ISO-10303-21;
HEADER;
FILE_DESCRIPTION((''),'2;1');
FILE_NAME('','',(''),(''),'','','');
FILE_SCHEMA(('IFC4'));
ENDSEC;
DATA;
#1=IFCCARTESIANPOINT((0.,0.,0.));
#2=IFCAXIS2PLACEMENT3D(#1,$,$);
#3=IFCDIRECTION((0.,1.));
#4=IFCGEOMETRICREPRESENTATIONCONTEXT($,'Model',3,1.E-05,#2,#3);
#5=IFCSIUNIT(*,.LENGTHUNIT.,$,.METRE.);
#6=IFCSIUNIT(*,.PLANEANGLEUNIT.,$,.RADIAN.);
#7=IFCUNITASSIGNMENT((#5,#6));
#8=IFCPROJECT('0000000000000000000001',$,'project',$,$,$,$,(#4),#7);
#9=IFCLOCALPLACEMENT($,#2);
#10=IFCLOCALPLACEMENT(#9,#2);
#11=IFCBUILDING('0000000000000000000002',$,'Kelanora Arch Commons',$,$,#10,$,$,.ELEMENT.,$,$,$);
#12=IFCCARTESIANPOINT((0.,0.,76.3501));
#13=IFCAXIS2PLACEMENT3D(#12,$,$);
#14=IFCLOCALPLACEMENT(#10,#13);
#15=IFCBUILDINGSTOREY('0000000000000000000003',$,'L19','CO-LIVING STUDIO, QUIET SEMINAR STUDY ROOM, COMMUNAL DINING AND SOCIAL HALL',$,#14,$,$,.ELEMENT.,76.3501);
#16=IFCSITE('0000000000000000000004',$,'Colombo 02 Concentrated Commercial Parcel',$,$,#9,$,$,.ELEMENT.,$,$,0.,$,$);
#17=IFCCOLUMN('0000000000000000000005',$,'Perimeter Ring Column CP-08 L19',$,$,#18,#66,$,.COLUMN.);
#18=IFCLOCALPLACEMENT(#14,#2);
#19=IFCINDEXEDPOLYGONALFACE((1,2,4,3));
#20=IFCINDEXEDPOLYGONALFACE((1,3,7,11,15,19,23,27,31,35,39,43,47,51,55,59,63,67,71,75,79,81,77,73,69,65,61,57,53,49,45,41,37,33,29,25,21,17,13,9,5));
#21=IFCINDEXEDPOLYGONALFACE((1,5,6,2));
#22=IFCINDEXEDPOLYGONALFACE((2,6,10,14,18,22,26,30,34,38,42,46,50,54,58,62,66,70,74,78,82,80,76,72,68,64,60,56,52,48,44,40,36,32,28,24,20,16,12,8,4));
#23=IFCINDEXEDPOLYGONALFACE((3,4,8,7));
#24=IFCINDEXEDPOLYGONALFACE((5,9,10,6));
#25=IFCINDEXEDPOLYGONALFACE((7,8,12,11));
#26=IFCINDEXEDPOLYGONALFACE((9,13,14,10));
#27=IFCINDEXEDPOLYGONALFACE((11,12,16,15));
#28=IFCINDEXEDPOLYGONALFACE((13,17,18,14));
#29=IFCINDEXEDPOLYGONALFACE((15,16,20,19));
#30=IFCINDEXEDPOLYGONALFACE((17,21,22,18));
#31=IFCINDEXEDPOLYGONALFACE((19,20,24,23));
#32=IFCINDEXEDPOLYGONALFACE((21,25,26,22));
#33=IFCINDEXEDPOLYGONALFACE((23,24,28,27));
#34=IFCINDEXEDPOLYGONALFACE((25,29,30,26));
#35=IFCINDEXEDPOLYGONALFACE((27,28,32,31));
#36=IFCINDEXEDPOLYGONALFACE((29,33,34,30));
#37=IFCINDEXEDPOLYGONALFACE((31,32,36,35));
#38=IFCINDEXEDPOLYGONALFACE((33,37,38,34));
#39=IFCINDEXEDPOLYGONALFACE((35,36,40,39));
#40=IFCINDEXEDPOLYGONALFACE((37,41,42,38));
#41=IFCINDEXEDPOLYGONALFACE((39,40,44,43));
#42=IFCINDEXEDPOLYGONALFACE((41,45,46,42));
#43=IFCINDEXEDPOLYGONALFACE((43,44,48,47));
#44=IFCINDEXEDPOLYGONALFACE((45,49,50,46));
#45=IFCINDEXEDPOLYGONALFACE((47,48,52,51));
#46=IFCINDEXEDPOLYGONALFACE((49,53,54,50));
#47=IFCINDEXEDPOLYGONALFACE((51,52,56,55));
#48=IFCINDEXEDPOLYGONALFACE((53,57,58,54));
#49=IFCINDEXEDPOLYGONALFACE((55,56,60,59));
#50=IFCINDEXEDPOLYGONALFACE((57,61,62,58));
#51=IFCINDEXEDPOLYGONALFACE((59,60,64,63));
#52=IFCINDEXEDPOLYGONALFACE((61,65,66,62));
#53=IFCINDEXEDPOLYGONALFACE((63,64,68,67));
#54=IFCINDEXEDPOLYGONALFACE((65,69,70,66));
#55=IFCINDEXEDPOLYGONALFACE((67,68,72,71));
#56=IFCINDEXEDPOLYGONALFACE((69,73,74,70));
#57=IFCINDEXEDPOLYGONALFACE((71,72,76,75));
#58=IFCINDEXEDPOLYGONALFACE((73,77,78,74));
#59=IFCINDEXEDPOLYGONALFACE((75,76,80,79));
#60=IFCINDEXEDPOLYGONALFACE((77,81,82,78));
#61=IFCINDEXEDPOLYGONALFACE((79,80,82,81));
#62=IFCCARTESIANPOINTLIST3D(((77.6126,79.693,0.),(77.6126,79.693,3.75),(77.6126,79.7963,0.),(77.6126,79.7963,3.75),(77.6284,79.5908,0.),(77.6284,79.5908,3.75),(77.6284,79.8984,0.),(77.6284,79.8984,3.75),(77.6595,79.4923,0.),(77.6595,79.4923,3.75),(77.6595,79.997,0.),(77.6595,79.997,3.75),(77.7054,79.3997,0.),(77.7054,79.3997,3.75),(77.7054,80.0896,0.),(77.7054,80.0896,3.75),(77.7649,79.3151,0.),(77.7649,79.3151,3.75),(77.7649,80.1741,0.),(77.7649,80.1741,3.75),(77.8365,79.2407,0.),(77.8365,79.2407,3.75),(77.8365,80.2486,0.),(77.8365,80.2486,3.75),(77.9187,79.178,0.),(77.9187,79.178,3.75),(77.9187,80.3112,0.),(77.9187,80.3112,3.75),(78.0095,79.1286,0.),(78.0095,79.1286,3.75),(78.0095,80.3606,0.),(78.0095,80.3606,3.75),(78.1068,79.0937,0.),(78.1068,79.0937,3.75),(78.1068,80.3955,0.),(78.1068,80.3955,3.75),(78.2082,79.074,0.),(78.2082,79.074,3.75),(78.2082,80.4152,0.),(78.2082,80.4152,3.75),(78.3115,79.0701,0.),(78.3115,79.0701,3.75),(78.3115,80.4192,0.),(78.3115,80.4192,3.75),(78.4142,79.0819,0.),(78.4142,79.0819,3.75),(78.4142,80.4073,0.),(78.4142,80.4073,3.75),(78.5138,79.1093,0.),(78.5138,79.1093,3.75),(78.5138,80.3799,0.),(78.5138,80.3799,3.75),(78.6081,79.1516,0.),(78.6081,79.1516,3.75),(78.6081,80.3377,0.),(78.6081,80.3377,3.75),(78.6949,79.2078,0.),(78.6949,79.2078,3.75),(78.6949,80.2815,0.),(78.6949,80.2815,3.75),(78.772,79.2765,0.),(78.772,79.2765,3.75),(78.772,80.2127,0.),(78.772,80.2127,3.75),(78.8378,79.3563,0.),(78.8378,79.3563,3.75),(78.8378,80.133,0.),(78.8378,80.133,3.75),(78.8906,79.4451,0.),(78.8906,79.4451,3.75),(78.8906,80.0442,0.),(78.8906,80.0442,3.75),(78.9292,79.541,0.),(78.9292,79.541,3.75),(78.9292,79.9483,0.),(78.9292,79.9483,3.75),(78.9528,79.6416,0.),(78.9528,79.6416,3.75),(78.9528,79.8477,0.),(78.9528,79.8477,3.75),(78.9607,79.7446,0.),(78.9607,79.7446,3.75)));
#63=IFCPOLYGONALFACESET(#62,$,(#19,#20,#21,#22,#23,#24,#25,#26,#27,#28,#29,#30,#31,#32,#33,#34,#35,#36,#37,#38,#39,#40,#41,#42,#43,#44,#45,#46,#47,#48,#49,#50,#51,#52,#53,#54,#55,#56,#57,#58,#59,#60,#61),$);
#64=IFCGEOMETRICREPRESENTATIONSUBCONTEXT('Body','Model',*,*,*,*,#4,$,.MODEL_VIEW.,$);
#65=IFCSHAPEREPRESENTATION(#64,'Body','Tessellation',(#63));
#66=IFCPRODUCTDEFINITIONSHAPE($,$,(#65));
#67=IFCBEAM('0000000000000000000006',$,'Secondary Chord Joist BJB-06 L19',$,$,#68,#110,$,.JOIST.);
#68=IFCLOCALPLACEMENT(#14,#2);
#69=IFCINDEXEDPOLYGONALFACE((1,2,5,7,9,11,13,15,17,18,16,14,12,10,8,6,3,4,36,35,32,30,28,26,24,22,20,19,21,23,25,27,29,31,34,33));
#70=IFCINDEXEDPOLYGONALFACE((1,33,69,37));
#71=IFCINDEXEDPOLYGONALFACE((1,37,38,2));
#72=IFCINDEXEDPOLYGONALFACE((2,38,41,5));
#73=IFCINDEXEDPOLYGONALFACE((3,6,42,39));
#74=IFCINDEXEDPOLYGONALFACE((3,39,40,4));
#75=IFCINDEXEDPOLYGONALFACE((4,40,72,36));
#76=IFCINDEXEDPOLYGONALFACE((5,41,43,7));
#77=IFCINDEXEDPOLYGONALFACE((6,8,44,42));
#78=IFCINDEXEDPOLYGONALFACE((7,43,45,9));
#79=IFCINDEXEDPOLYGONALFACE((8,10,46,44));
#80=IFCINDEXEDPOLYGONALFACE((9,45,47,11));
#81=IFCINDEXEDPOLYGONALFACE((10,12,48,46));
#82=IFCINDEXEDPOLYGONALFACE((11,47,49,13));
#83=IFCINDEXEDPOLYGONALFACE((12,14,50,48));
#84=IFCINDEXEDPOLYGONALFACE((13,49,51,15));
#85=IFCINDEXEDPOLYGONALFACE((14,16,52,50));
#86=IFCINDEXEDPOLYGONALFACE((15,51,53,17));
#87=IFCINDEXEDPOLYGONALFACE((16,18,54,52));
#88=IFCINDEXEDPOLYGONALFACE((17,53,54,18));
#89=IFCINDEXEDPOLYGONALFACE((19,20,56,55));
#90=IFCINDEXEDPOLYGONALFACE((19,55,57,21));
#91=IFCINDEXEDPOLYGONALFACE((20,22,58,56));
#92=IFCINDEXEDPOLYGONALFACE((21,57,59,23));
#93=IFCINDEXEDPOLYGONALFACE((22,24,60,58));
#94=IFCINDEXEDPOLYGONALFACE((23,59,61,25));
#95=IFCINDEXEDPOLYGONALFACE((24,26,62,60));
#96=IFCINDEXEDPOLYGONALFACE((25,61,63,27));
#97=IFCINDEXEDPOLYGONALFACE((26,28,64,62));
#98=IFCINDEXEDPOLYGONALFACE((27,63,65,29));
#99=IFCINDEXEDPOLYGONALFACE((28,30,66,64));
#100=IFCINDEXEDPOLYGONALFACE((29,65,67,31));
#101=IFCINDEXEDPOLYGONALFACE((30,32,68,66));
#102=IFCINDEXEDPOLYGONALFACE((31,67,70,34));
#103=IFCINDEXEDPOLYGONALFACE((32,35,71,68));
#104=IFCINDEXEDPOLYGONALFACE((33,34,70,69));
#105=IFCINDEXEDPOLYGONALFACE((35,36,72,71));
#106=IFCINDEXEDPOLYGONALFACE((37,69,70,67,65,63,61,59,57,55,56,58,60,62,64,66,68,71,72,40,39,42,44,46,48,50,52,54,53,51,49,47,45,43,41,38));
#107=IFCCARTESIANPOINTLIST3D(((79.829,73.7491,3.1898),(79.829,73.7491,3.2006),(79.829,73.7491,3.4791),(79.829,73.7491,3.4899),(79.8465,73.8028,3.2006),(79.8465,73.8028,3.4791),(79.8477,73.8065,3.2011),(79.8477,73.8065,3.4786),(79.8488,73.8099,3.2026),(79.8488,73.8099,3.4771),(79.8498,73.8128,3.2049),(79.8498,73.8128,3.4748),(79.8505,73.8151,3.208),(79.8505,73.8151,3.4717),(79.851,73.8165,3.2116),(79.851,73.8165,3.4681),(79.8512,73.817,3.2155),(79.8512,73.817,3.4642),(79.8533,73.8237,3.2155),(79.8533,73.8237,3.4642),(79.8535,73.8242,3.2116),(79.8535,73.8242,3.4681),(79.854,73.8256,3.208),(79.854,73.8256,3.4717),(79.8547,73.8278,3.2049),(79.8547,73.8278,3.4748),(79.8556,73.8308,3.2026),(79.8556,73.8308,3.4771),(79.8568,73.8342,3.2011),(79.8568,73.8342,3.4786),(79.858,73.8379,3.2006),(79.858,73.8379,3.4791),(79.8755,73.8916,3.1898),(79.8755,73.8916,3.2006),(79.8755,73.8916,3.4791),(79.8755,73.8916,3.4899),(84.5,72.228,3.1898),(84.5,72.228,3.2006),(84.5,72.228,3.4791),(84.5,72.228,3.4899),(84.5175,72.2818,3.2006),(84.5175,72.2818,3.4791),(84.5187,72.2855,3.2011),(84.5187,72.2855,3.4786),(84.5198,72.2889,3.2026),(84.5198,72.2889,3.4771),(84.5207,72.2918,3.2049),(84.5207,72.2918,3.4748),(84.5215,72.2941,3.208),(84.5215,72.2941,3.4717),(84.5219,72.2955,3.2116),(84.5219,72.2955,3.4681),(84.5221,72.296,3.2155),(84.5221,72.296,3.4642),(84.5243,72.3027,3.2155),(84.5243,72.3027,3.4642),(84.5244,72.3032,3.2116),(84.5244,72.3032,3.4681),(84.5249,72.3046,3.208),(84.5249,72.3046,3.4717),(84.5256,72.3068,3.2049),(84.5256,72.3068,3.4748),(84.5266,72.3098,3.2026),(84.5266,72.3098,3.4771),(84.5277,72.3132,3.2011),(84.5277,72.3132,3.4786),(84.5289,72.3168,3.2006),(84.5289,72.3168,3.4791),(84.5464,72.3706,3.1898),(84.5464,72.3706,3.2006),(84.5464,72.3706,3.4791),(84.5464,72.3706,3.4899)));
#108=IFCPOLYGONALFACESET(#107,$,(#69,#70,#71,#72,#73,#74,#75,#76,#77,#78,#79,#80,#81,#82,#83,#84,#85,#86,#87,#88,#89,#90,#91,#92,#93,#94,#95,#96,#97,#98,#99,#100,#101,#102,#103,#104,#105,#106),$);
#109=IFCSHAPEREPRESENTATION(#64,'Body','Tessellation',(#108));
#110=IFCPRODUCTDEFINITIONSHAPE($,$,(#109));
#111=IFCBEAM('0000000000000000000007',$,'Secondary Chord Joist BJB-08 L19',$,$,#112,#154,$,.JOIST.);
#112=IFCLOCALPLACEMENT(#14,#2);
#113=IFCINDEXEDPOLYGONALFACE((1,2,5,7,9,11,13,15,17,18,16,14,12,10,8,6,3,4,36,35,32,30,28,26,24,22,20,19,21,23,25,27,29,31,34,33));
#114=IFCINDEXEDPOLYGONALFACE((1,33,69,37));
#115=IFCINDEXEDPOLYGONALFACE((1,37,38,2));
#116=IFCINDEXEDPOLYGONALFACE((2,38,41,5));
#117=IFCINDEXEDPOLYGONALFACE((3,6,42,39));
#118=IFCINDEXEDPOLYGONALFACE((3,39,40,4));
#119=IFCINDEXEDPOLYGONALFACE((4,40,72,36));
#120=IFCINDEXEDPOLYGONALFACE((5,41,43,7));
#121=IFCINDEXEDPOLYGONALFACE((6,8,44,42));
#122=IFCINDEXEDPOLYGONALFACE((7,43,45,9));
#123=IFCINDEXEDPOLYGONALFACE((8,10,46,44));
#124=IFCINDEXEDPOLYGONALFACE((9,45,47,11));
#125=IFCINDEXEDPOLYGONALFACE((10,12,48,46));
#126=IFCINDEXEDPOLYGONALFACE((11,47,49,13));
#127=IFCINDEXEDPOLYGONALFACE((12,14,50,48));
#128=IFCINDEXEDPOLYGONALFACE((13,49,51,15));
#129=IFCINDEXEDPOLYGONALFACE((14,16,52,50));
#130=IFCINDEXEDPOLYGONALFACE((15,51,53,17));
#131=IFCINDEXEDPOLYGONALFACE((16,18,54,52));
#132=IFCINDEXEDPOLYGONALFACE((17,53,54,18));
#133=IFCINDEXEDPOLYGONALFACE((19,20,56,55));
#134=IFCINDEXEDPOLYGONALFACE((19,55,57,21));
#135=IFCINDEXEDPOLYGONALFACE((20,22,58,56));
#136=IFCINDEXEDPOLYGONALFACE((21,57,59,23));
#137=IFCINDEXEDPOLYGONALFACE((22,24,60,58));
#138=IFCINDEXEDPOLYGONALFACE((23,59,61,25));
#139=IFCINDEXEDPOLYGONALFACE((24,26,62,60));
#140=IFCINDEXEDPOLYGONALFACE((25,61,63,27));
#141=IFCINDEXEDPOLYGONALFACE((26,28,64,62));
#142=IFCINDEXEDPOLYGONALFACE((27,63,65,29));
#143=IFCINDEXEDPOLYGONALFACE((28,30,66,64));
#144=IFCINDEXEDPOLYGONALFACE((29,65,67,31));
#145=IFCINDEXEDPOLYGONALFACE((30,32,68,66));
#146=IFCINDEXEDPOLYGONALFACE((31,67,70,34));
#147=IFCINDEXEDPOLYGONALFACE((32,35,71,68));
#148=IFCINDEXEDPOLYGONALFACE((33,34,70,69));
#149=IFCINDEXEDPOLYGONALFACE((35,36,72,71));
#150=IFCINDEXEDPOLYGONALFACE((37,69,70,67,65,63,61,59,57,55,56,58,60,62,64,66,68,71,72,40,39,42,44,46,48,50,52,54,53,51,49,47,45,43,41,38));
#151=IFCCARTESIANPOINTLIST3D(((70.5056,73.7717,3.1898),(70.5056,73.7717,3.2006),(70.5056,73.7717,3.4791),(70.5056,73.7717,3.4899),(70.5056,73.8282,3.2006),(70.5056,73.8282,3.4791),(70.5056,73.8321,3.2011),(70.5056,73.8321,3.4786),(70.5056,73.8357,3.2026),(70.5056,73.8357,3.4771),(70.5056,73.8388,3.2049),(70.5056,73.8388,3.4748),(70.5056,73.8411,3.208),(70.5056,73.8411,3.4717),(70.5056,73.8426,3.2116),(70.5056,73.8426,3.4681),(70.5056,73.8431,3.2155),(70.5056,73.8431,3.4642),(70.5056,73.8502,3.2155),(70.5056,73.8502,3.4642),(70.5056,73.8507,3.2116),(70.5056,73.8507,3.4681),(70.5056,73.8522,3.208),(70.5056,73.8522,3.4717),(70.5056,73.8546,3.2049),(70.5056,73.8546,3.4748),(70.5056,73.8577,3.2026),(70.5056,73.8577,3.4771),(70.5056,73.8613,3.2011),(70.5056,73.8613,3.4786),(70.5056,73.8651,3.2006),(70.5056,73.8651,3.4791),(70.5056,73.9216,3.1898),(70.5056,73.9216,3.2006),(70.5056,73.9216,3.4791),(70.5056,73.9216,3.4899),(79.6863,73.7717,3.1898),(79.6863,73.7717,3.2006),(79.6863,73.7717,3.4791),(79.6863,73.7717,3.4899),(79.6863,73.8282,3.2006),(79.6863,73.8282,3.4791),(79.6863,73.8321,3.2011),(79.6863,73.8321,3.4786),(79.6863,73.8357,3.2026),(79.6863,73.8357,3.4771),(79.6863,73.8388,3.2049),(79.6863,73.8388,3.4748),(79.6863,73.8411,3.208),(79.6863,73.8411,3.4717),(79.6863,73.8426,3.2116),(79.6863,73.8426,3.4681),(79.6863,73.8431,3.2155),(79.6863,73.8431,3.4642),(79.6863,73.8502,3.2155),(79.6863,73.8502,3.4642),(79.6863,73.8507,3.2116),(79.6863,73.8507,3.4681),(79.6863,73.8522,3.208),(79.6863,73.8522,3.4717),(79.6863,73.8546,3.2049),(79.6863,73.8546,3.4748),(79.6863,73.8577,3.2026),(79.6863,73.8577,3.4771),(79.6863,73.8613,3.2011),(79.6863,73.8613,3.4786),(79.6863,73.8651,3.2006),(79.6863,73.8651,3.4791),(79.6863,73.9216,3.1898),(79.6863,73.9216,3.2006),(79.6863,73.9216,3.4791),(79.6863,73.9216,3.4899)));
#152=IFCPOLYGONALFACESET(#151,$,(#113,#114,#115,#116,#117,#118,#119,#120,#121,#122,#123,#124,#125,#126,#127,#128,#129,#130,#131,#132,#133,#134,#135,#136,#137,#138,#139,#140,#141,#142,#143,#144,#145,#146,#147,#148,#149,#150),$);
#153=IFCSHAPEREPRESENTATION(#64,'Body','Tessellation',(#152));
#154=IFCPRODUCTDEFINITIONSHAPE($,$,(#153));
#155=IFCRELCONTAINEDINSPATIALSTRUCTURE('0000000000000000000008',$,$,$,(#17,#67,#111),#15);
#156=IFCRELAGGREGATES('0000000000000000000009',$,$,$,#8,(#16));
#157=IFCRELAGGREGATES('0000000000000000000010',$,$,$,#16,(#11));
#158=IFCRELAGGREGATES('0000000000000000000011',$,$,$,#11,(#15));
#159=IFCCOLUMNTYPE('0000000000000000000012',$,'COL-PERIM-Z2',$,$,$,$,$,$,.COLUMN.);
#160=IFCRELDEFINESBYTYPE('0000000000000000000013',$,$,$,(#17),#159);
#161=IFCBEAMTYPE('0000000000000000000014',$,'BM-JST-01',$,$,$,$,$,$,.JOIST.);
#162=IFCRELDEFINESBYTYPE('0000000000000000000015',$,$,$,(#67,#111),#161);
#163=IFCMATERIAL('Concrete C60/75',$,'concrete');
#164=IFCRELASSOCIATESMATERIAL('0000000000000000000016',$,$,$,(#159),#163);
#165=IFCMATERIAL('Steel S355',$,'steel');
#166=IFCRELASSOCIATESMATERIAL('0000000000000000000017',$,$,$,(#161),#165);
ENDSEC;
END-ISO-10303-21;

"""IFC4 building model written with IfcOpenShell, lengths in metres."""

from ifc_helpers import new_model, si_unit, direction, frame, origin, origin_2d, place, context, subcontext, project, spatial, circle, i_section, extrude, material, material_profile, profile_set, type_object, element, save


model = new_model("IFC4")

# Units and contexts
model_context = context("Model", 3, precision=1e-05, world=origin(), true_north=direction((0.0, 1.0)))
body_context = subcontext(model_context, "Body", "Model", "MODEL_VIEW")
ifc_project = project(units=[si_unit("LENGTHUNIT", "METRE"), si_unit("PLANEANGLEUNIT", "RADIAN")], contexts=[model_context])

# Site, building, storey
site_placement = place(None, origin())
site = spatial("IfcSite", under=ifc_project, at=site_placement, Name="Colombo 02 Concentrated Commercial Parcel", CompositionType="ELEMENT", RefElevation=0.0)
building_placement = place(site_placement, origin())
building = spatial("IfcBuilding", under=site, at=building_placement, Name="Kelanora Arch Commons", CompositionType="ELEMENT")
storey_placement = place(building_placement, frame((0.0, 0.0, 76.3501)))
storey = spatial("IfcBuildingStorey", under=building, at=storey_placement, Name="L19", Description="CO-LIVING STUDIO, QUIET SEMINAR STUDY ROOM, COMMUNAL DINING AND SOCIAL HALL", CompositionType="ELEMENT", Elevation=76.3501)

# Column
ifc_material_1 = material(Name="Concrete C60/75", Category="concrete")
ifc_material_profile_1 = material_profile(ifc_material_1, circle(Radius=0.675, at=origin_2d()), Name="RCC1350")
ifc_profile_set_1 = profile_set([ifc_material_profile_1], Name="Concrete C60/75")
column_type = type_object("IfcColumnType", Name="COL-PERIM-Z2", PredefinedType="COLUMN", material=ifc_profile_set_1)
column_placement = place(storey_placement, frame((78.2856, 79.7446, 0.0), z_axis=(0.0, 0.0, 1.0), x_axis=(1.0, 0.0, 0.0)))
element("IfcColumn", 1, at=column_placement, inside=storey, type_object=column_type, Name="Perimeter Ring Column CP-08 L19", PredefinedType="COLUMN", context=body_context, shape_type="SweptSolid", body=[
    extrude(circle(Radius=0.675, at=origin_2d()), origin(), (0.0, 0.0, 1.0), 3.75),
])

# Beams
ifc_material_2 = material(Name="Steel S355", Category="steel")
ifc_material_profile_2 = material_profile(ifc_material_2, i_section(OverallWidth=0.1499, OverallDepth=0.3, WebThickness=0.0071, FlangeThickness=0.0107, FilletRadius=0.0149, at=origin_2d()), Name="IPE300")
ifc_profile_set_2 = profile_set([ifc_material_profile_2], Name="Steel S355")
beam_type_1 = type_object("IfcBeamType", Name="BM-JST-01", PredefinedType="JOIST", material=ifc_profile_set_2)
beam_1_placement = place(storey_placement, frame((84.5232, 72.2993, 3.3398), z_axis=(-0.950857, 0.30963, 0.0), x_axis=(-0.30963, -0.950857, 0.0)))
element("IfcBeam", 2, at=beam_1_placement, inside=storey, type_object=beam_type_1, Name="Secondary Chord Joist BJB-06 L19", PredefinedType="JOIST", context=body_context, shape_type="SweptSolid", body=[
    extrude(i_section(OverallWidth=0.1499, OverallDepth=0.3, WebThickness=0.0071, FlangeThickness=0.0107, FilletRadius=0.0149, at=origin_2d()), origin(), (0.0, 0.0, 1.0), 4.9124),
])
beam_2_placement = place(storey_placement, frame((79.6863, 73.8467, 3.3398), z_axis=(-1.0, 0.0, 0.0), x_axis=(0.0, -1.0, 0.0)))
element("IfcBeam", 3, at=beam_2_placement, inside=storey, type_object=beam_type_1, Name="Secondary Chord Joist BJB-08 L19", PredefinedType="JOIST", context=body_context, shape_type="SweptSolid", body=[
    extrude(i_section(OverallWidth=0.1499, OverallDepth=0.3, WebThickness=0.0071, FlangeThickness=0.0107, FilletRadius=0.0149, at=origin_2d()), origin(), (0.0, 0.0, 1.0), 9.1807),
])

save(model, "model.ifc")
